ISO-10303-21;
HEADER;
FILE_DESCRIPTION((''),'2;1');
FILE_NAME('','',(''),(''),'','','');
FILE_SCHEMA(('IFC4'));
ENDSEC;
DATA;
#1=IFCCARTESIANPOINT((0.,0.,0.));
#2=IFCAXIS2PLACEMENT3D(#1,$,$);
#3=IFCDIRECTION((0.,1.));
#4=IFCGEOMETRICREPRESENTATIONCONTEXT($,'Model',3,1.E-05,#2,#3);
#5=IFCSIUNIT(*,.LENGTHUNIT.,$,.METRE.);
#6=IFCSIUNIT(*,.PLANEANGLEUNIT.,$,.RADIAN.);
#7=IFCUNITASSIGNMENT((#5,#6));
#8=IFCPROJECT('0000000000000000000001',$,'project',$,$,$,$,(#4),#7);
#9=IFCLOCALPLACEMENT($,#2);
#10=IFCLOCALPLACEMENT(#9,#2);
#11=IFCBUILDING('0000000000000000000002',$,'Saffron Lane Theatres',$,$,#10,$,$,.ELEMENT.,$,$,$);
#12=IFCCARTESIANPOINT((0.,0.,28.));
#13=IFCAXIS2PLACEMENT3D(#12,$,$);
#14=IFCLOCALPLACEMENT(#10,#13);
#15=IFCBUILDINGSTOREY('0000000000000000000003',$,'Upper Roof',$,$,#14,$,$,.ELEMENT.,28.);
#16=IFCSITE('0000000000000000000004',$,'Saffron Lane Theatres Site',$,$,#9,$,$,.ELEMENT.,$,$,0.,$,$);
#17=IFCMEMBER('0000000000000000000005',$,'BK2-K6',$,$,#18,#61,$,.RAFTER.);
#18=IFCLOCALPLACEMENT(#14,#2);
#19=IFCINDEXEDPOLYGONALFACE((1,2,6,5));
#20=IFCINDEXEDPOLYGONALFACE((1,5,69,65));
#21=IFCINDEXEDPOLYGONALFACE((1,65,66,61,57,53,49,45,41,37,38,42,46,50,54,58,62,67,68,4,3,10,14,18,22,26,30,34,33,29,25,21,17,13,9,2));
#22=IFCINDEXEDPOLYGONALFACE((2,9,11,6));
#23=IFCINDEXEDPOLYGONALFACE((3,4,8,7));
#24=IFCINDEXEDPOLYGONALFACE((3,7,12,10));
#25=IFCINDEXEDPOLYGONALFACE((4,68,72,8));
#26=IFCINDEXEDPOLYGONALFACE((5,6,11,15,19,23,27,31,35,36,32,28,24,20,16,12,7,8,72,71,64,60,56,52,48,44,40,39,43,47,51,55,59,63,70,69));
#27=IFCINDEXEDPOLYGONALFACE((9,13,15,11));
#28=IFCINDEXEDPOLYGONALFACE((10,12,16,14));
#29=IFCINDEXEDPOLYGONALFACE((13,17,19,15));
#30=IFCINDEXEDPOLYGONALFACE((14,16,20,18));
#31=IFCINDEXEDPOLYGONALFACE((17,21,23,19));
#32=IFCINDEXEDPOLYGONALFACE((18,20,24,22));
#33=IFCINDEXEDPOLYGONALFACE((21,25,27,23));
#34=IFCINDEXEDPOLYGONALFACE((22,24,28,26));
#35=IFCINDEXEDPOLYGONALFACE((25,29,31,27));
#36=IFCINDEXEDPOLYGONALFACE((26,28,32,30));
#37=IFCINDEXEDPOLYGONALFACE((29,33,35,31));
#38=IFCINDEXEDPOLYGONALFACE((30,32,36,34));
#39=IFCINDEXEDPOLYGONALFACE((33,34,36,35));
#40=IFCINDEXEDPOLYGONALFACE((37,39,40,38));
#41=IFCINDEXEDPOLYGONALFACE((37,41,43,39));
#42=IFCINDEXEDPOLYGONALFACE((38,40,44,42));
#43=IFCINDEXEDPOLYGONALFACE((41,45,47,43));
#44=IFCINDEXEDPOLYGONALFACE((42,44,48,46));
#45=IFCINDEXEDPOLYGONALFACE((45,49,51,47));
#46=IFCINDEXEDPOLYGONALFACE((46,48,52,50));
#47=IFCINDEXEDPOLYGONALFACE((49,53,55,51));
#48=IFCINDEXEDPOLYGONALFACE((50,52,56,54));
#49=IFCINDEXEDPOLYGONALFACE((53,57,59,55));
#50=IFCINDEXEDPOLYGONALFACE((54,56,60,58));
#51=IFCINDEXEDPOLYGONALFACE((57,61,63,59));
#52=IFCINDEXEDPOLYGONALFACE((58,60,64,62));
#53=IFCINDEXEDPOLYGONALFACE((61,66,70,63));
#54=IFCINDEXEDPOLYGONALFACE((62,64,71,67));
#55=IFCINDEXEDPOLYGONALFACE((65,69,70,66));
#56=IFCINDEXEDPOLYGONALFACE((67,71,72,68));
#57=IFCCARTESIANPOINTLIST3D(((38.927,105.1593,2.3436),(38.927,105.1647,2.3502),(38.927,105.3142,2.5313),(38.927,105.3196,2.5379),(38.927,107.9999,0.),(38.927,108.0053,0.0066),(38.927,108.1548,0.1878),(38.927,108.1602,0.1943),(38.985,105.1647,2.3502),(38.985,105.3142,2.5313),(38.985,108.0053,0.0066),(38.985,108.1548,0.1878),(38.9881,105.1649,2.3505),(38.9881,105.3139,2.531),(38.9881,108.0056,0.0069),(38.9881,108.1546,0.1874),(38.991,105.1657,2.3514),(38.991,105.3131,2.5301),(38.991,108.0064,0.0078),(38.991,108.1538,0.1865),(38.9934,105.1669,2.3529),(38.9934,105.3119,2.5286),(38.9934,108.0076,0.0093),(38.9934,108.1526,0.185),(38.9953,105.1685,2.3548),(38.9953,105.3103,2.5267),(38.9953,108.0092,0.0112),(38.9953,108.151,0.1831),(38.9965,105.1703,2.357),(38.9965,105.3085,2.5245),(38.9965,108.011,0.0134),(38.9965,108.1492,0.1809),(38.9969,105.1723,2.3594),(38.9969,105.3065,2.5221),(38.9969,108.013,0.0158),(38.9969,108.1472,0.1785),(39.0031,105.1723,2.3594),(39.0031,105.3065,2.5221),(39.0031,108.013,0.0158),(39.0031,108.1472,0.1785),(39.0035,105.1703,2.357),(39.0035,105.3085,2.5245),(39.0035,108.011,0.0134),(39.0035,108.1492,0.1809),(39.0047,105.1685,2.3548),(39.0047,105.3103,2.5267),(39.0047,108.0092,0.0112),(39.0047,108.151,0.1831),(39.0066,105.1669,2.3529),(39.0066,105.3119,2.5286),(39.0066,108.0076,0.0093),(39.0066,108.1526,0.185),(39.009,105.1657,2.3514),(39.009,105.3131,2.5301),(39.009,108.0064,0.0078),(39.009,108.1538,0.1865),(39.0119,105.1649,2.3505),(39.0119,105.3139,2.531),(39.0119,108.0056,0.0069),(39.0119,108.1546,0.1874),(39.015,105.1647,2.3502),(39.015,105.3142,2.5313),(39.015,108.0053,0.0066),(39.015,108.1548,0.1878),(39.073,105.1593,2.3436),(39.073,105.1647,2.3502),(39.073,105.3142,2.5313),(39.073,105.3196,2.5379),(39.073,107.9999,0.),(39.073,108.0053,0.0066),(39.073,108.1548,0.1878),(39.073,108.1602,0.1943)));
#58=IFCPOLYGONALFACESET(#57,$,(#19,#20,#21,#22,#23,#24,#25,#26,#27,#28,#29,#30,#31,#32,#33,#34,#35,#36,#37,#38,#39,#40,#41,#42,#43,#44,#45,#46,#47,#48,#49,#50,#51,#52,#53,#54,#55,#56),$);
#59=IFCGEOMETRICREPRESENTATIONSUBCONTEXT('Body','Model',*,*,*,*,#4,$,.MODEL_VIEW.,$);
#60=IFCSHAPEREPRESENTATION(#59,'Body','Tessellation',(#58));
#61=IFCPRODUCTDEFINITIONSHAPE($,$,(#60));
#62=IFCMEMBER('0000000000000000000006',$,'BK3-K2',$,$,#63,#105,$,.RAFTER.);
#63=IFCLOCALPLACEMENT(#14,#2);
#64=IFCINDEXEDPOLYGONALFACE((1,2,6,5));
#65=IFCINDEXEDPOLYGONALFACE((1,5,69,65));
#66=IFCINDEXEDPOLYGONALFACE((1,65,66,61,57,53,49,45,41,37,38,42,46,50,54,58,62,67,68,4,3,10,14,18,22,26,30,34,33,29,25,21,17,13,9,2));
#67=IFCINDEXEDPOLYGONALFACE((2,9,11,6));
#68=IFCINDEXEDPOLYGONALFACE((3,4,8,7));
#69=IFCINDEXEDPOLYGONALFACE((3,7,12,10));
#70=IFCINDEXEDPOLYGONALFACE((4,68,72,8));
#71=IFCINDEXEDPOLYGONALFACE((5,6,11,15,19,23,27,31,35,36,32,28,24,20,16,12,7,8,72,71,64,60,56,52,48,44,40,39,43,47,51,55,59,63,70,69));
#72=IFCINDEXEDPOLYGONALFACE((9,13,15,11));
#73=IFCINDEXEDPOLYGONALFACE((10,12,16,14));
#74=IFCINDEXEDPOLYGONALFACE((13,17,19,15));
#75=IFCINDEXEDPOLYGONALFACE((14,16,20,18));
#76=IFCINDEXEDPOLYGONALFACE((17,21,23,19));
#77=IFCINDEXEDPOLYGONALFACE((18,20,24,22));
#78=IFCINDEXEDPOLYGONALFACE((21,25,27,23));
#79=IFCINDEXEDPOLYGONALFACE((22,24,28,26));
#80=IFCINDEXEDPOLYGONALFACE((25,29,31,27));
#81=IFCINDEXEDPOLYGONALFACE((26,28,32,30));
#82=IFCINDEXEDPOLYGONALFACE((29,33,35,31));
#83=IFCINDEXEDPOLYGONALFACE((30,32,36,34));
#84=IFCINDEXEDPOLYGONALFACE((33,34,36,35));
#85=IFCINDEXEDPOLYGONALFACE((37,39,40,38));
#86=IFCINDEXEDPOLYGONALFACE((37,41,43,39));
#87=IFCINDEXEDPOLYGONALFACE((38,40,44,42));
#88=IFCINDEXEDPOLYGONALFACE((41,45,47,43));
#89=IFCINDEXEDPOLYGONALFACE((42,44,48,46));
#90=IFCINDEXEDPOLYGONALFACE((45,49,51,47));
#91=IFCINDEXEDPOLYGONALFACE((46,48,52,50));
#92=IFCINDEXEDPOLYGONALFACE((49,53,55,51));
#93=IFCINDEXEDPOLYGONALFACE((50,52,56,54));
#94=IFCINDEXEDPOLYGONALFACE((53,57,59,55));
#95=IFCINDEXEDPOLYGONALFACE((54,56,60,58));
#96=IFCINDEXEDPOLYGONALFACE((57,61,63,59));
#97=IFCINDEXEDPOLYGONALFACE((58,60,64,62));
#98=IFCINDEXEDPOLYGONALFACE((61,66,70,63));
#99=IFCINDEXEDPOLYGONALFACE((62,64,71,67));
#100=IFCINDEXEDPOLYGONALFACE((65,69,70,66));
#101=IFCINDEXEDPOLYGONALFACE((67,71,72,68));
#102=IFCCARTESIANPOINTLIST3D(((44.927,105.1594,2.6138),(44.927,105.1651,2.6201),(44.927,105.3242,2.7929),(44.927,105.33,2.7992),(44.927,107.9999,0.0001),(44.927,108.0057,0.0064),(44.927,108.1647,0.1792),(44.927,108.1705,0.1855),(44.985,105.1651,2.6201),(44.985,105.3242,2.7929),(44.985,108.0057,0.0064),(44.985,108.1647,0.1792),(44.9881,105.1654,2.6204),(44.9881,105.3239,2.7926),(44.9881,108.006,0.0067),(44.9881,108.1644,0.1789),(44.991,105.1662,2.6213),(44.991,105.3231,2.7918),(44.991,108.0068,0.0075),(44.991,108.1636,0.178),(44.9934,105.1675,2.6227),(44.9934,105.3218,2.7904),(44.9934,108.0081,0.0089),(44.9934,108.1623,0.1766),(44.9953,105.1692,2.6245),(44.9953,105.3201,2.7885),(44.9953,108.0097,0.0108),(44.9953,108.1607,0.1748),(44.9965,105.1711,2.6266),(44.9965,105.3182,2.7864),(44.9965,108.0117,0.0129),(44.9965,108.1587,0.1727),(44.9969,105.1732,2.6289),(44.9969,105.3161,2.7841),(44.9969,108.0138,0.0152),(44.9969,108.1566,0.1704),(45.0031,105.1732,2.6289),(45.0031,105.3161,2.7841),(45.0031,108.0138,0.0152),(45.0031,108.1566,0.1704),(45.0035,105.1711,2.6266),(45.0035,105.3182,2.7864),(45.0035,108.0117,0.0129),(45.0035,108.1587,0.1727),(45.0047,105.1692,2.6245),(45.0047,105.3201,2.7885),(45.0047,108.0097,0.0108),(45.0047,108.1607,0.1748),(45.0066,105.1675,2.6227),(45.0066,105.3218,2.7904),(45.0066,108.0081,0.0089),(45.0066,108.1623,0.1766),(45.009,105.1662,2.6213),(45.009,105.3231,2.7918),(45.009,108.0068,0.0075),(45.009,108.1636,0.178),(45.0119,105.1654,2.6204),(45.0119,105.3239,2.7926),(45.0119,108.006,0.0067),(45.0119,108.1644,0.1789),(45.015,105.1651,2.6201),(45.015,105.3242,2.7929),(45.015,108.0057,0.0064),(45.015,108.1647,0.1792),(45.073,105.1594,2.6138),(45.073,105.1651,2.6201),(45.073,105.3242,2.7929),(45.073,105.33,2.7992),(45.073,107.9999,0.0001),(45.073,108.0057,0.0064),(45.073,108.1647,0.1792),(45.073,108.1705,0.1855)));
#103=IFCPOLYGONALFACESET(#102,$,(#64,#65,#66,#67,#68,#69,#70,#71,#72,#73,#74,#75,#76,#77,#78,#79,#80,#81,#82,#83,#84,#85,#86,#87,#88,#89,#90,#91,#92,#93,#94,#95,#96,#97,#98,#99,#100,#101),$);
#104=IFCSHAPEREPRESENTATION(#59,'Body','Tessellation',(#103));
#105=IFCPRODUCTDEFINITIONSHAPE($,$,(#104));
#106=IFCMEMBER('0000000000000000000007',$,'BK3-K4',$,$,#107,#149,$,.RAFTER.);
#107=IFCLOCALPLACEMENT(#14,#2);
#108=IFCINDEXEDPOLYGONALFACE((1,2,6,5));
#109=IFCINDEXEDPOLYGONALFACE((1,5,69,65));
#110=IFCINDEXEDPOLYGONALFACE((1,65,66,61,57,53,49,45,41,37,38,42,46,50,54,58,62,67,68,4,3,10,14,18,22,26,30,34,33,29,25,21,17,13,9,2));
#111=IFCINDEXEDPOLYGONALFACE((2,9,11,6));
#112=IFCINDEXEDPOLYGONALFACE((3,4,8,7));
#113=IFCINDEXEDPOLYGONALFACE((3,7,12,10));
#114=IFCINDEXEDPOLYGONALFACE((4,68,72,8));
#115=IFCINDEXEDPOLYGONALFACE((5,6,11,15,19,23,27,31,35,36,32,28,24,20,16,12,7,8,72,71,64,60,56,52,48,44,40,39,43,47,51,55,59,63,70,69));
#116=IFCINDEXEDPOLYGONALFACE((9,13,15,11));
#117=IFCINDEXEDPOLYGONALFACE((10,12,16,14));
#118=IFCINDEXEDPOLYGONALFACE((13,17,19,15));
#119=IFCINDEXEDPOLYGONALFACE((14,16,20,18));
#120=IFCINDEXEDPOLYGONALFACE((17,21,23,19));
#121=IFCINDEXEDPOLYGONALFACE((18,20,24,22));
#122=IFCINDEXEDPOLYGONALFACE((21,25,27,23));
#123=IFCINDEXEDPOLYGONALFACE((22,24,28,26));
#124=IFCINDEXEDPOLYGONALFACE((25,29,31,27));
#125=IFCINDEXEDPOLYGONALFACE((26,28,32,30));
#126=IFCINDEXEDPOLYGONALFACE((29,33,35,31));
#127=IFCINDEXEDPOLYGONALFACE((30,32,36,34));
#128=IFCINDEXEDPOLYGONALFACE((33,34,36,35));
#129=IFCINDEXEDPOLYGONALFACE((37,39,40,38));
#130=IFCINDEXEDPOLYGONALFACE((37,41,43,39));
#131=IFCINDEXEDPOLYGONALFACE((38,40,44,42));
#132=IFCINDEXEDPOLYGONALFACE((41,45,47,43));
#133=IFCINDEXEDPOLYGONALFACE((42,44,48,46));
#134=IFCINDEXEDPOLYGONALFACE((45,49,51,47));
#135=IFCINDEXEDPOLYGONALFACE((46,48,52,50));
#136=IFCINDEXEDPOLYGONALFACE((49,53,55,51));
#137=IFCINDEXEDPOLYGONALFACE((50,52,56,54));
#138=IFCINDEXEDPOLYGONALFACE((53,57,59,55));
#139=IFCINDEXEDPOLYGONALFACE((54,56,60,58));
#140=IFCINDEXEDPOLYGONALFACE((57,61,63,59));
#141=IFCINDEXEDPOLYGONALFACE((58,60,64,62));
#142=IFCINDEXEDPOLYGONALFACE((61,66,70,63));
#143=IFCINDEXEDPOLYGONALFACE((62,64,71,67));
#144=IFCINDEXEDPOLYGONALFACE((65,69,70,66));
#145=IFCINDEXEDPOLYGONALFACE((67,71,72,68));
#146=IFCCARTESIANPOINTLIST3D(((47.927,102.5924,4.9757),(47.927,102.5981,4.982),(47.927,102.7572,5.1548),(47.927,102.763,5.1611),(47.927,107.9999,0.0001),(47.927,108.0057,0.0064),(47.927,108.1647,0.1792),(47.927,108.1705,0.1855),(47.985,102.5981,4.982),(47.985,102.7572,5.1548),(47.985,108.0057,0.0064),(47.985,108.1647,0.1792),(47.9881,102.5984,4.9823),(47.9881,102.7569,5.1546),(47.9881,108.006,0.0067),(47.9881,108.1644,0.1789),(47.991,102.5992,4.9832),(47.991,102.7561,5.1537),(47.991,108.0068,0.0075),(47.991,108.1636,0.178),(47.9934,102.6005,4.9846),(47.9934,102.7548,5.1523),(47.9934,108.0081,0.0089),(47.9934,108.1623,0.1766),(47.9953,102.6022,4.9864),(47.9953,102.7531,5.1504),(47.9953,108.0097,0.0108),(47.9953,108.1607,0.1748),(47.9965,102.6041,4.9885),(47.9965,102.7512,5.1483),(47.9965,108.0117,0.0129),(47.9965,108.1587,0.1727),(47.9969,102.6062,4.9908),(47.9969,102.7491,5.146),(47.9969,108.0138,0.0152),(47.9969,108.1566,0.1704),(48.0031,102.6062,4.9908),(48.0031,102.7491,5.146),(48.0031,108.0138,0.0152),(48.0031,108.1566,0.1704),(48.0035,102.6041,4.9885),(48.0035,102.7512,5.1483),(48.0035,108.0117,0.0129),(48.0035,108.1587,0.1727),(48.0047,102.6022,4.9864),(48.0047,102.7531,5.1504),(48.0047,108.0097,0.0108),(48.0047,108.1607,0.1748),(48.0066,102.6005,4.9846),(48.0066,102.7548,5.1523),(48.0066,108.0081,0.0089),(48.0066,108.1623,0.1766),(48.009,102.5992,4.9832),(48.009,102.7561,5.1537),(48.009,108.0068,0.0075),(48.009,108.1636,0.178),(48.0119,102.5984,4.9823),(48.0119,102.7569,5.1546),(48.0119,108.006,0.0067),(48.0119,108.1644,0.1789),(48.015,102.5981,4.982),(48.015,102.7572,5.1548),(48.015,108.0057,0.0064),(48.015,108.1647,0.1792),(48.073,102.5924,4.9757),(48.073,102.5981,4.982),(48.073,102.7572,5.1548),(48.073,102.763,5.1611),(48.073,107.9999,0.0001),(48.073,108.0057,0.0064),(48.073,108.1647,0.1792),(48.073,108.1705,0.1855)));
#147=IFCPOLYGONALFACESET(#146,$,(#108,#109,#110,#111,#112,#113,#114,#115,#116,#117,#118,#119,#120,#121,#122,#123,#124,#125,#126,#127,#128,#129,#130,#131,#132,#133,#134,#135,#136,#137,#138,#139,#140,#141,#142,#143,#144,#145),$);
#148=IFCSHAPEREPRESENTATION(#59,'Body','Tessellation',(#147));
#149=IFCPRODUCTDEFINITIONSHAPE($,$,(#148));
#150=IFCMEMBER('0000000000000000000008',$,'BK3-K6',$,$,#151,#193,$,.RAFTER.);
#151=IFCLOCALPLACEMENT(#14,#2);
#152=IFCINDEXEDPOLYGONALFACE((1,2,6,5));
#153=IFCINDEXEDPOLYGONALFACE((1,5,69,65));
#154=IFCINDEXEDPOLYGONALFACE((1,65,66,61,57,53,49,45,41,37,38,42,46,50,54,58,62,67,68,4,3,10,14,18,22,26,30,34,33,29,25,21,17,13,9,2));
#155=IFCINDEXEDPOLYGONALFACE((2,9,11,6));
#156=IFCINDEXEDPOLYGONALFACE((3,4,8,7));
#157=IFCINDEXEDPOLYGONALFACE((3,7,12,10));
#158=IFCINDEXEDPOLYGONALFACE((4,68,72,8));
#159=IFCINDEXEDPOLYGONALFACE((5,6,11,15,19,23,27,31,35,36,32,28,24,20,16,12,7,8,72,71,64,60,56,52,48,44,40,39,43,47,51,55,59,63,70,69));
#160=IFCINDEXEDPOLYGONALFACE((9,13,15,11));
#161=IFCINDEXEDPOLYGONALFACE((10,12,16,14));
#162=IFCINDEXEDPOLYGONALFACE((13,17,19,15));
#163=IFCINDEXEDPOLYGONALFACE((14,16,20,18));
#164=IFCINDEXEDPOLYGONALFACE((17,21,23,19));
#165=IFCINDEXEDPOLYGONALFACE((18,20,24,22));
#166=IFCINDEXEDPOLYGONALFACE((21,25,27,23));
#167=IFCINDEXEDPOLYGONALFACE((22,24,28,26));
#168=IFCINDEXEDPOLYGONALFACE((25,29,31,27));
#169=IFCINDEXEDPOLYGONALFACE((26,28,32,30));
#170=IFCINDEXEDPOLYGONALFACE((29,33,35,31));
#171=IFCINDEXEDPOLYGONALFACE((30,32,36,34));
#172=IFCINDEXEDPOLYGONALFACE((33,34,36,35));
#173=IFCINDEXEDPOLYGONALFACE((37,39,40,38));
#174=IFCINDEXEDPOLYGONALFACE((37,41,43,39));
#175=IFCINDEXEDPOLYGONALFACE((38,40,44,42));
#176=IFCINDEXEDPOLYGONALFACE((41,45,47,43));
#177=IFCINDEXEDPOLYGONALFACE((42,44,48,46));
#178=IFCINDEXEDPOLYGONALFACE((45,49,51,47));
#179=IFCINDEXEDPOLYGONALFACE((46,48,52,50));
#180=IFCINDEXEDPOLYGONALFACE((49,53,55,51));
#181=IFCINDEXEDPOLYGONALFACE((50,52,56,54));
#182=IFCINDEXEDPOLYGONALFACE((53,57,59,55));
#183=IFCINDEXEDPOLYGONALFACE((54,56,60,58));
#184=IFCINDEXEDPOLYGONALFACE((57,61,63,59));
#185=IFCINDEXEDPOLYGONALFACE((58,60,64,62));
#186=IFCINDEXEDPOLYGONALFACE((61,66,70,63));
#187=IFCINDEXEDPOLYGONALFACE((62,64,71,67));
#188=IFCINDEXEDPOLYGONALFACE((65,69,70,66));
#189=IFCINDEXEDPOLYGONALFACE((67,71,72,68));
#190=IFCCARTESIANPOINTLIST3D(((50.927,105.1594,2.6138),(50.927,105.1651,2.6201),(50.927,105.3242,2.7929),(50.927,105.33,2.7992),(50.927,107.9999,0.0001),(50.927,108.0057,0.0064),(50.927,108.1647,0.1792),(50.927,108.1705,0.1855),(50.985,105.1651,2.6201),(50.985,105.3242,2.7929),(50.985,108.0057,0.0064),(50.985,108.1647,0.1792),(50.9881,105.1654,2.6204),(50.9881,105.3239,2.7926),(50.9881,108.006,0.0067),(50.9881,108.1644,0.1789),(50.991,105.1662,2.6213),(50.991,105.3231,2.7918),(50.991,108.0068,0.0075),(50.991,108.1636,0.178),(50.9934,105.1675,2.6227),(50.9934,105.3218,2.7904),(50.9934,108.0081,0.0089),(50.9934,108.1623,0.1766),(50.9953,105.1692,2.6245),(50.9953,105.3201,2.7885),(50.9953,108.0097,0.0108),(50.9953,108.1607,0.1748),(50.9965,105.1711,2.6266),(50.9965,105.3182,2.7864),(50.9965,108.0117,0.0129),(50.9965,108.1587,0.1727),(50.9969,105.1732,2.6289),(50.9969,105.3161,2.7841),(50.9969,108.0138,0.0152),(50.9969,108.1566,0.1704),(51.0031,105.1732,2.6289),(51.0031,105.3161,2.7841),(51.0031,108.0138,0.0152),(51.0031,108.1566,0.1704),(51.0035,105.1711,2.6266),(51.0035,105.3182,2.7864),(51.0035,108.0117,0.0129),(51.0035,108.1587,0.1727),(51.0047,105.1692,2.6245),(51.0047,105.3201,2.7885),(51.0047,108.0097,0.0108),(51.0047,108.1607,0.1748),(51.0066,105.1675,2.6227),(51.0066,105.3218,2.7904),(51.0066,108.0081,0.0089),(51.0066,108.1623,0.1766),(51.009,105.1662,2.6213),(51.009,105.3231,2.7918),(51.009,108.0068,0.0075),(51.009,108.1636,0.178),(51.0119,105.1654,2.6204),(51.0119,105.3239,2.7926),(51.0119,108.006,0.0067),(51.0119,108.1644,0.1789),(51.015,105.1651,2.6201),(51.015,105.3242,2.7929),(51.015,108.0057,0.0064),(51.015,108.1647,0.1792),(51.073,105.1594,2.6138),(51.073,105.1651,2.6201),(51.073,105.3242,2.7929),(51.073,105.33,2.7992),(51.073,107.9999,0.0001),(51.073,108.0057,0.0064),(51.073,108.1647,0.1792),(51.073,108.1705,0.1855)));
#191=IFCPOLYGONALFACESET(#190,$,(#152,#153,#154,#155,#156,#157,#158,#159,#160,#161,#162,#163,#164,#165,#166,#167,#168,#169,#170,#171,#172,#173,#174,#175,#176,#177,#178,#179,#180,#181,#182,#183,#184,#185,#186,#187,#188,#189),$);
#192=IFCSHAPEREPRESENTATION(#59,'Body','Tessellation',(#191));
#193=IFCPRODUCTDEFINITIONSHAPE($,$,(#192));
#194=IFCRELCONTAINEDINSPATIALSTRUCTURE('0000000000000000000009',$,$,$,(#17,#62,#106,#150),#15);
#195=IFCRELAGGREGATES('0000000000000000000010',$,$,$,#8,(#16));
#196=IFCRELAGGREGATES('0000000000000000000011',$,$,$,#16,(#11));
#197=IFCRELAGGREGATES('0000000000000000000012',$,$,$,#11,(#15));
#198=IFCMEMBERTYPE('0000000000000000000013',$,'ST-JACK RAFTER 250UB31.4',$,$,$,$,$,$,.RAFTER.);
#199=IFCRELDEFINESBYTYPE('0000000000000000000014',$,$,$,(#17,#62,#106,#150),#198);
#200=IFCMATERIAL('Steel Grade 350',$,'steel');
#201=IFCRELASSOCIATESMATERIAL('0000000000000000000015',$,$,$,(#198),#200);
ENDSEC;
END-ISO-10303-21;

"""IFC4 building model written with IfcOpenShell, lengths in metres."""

from ifc_helpers import new_model, si_unit, direction, frame, origin, origin_2d, place, context, subcontext, project, spatial, i_section, extrude, material, material_profile, profile_set, type_object, element, save


model = new_model("IFC4")

# Units and contexts
model_context = context("Model", 3, precision=1e-05, world=origin(), true_north=direction((0.0, 1.0)))
body_context = subcontext(model_context, "Body", "Model", "MODEL_VIEW")
ifc_project = project(units=[si_unit("LENGTHUNIT", "METRE"), si_unit("PLANEANGLEUNIT", "RADIAN")], contexts=[model_context])

# Site, building, storey
site_placement = place(None, origin())
site = spatial("IfcSite", under=ifc_project, at=site_placement, Name="Saffron Lane Theatres Site", CompositionType="ELEMENT", RefElevation=0.0)
building_placement = place(site_placement, origin())
building = spatial("IfcBuilding", under=site, at=building_placement, Name="Saffron Lane Theatres", CompositionType="ELEMENT")
storey_placement = place(building_placement, frame((0.0, 0.0, 28.0)))
storey = spatial("IfcBuildingStorey", under=building, at=storey_placement, Name="Upper Roof", CompositionType="ELEMENT", Elevation=28.0)

# Members
ifc_material_1 = material(Name="Steel Grade 350", Category="steel")
ifc_material_profile_1 = material_profile(ifc_material_1, i_section(OverallWidth=0.146, OverallDepth=0.252, WebThickness=0.0061, FlangeThickness=0.0085, FilletRadius=0.012, at=origin_2d()))
ifc_profile_set_1 = profile_set([ifc_material_profile_1], Name="Steel Grade 350")
member_type_1 = type_object("IfcMemberType", Name="ST-JACK RAFTER 250UB31.4", PredefinedType="RAFTER", material=ifc_profile_set_1)
member_1_placement = place(storey_placement, frame((39.0, 108.0801, 0.0972), z_axis=(0.0, -0.771369, 0.636388), x_axis=(1.0, 0.0, 0.0)))
element("IfcMember", 1, at=member_1_placement, inside=storey, type_object=member_type_1, Name="BK2-K6", PredefinedType="RAFTER", context=body_context, shape_type="SweptSolid", body=[
    extrude(i_section(OverallWidth=0.146, OverallDepth=0.252, WebThickness=0.0061, FlangeThickness=0.0085, FilletRadius=0.012, at=origin_2d()), origin(), (0.0, 0.0, 1.0), 3.6826),
])
member_2_placement = place(storey_placement, frame((45.0, 108.0852, 0.0928), z_axis=(0.0, -0.735874, 0.677118), x_axis=(1.0, 0.0, 0.0)))
element("IfcMember", 2, at=member_2_placement, inside=storey, type_object=member_type_1, Name="BK3-K2", PredefinedType="RAFTER", context=body_context, shape_type="SweptSolid", body=[
    extrude(i_section(OverallWidth=0.146, OverallDepth=0.252, WebThickness=0.0061, FlangeThickness=0.0085, FilletRadius=0.012, at=origin_2d()), origin(), (0.0, 0.0, 1.0), 3.8601),
])
member_3_placement = place(storey_placement, frame((48.0, 108.0852, 0.0928), z_axis=(0.0, -0.735883, 0.677109), x_axis=(1.0, 0.0, 0.0)))
element("IfcMember", 3, at=member_3_placement, inside=storey, type_object=member_type_1, Name="BK3-K4", PredefinedType="RAFTER", context=body_context, shape_type="SweptSolid", body=[
    extrude(i_section(OverallWidth=0.146, OverallDepth=0.252, WebThickness=0.0061, FlangeThickness=0.0085, FilletRadius=0.012, at=origin_2d()), origin(), (0.0, 0.0, 1.0), 7.3484),
])
member_4_placement = place(storey_placement, frame((51.0, 108.0852, 0.0928), z_axis=(0.0, -0.735874, 0.677118), x_axis=(1.0, 0.0, 0.0)))
element("IfcMember", 4, at=member_4_placement, inside=storey, type_object=member_type_1, Name="BK3-K6", PredefinedType="RAFTER", context=body_context, shape_type="SweptSolid", body=[
    extrude(i_section(OverallWidth=0.146, OverallDepth=0.252, WebThickness=0.0061, FlangeThickness=0.0085, FilletRadius=0.012, at=origin_2d()), origin(), (0.0, 0.0, 1.0), 3.8601),
])

save(model, "model.ifc")
